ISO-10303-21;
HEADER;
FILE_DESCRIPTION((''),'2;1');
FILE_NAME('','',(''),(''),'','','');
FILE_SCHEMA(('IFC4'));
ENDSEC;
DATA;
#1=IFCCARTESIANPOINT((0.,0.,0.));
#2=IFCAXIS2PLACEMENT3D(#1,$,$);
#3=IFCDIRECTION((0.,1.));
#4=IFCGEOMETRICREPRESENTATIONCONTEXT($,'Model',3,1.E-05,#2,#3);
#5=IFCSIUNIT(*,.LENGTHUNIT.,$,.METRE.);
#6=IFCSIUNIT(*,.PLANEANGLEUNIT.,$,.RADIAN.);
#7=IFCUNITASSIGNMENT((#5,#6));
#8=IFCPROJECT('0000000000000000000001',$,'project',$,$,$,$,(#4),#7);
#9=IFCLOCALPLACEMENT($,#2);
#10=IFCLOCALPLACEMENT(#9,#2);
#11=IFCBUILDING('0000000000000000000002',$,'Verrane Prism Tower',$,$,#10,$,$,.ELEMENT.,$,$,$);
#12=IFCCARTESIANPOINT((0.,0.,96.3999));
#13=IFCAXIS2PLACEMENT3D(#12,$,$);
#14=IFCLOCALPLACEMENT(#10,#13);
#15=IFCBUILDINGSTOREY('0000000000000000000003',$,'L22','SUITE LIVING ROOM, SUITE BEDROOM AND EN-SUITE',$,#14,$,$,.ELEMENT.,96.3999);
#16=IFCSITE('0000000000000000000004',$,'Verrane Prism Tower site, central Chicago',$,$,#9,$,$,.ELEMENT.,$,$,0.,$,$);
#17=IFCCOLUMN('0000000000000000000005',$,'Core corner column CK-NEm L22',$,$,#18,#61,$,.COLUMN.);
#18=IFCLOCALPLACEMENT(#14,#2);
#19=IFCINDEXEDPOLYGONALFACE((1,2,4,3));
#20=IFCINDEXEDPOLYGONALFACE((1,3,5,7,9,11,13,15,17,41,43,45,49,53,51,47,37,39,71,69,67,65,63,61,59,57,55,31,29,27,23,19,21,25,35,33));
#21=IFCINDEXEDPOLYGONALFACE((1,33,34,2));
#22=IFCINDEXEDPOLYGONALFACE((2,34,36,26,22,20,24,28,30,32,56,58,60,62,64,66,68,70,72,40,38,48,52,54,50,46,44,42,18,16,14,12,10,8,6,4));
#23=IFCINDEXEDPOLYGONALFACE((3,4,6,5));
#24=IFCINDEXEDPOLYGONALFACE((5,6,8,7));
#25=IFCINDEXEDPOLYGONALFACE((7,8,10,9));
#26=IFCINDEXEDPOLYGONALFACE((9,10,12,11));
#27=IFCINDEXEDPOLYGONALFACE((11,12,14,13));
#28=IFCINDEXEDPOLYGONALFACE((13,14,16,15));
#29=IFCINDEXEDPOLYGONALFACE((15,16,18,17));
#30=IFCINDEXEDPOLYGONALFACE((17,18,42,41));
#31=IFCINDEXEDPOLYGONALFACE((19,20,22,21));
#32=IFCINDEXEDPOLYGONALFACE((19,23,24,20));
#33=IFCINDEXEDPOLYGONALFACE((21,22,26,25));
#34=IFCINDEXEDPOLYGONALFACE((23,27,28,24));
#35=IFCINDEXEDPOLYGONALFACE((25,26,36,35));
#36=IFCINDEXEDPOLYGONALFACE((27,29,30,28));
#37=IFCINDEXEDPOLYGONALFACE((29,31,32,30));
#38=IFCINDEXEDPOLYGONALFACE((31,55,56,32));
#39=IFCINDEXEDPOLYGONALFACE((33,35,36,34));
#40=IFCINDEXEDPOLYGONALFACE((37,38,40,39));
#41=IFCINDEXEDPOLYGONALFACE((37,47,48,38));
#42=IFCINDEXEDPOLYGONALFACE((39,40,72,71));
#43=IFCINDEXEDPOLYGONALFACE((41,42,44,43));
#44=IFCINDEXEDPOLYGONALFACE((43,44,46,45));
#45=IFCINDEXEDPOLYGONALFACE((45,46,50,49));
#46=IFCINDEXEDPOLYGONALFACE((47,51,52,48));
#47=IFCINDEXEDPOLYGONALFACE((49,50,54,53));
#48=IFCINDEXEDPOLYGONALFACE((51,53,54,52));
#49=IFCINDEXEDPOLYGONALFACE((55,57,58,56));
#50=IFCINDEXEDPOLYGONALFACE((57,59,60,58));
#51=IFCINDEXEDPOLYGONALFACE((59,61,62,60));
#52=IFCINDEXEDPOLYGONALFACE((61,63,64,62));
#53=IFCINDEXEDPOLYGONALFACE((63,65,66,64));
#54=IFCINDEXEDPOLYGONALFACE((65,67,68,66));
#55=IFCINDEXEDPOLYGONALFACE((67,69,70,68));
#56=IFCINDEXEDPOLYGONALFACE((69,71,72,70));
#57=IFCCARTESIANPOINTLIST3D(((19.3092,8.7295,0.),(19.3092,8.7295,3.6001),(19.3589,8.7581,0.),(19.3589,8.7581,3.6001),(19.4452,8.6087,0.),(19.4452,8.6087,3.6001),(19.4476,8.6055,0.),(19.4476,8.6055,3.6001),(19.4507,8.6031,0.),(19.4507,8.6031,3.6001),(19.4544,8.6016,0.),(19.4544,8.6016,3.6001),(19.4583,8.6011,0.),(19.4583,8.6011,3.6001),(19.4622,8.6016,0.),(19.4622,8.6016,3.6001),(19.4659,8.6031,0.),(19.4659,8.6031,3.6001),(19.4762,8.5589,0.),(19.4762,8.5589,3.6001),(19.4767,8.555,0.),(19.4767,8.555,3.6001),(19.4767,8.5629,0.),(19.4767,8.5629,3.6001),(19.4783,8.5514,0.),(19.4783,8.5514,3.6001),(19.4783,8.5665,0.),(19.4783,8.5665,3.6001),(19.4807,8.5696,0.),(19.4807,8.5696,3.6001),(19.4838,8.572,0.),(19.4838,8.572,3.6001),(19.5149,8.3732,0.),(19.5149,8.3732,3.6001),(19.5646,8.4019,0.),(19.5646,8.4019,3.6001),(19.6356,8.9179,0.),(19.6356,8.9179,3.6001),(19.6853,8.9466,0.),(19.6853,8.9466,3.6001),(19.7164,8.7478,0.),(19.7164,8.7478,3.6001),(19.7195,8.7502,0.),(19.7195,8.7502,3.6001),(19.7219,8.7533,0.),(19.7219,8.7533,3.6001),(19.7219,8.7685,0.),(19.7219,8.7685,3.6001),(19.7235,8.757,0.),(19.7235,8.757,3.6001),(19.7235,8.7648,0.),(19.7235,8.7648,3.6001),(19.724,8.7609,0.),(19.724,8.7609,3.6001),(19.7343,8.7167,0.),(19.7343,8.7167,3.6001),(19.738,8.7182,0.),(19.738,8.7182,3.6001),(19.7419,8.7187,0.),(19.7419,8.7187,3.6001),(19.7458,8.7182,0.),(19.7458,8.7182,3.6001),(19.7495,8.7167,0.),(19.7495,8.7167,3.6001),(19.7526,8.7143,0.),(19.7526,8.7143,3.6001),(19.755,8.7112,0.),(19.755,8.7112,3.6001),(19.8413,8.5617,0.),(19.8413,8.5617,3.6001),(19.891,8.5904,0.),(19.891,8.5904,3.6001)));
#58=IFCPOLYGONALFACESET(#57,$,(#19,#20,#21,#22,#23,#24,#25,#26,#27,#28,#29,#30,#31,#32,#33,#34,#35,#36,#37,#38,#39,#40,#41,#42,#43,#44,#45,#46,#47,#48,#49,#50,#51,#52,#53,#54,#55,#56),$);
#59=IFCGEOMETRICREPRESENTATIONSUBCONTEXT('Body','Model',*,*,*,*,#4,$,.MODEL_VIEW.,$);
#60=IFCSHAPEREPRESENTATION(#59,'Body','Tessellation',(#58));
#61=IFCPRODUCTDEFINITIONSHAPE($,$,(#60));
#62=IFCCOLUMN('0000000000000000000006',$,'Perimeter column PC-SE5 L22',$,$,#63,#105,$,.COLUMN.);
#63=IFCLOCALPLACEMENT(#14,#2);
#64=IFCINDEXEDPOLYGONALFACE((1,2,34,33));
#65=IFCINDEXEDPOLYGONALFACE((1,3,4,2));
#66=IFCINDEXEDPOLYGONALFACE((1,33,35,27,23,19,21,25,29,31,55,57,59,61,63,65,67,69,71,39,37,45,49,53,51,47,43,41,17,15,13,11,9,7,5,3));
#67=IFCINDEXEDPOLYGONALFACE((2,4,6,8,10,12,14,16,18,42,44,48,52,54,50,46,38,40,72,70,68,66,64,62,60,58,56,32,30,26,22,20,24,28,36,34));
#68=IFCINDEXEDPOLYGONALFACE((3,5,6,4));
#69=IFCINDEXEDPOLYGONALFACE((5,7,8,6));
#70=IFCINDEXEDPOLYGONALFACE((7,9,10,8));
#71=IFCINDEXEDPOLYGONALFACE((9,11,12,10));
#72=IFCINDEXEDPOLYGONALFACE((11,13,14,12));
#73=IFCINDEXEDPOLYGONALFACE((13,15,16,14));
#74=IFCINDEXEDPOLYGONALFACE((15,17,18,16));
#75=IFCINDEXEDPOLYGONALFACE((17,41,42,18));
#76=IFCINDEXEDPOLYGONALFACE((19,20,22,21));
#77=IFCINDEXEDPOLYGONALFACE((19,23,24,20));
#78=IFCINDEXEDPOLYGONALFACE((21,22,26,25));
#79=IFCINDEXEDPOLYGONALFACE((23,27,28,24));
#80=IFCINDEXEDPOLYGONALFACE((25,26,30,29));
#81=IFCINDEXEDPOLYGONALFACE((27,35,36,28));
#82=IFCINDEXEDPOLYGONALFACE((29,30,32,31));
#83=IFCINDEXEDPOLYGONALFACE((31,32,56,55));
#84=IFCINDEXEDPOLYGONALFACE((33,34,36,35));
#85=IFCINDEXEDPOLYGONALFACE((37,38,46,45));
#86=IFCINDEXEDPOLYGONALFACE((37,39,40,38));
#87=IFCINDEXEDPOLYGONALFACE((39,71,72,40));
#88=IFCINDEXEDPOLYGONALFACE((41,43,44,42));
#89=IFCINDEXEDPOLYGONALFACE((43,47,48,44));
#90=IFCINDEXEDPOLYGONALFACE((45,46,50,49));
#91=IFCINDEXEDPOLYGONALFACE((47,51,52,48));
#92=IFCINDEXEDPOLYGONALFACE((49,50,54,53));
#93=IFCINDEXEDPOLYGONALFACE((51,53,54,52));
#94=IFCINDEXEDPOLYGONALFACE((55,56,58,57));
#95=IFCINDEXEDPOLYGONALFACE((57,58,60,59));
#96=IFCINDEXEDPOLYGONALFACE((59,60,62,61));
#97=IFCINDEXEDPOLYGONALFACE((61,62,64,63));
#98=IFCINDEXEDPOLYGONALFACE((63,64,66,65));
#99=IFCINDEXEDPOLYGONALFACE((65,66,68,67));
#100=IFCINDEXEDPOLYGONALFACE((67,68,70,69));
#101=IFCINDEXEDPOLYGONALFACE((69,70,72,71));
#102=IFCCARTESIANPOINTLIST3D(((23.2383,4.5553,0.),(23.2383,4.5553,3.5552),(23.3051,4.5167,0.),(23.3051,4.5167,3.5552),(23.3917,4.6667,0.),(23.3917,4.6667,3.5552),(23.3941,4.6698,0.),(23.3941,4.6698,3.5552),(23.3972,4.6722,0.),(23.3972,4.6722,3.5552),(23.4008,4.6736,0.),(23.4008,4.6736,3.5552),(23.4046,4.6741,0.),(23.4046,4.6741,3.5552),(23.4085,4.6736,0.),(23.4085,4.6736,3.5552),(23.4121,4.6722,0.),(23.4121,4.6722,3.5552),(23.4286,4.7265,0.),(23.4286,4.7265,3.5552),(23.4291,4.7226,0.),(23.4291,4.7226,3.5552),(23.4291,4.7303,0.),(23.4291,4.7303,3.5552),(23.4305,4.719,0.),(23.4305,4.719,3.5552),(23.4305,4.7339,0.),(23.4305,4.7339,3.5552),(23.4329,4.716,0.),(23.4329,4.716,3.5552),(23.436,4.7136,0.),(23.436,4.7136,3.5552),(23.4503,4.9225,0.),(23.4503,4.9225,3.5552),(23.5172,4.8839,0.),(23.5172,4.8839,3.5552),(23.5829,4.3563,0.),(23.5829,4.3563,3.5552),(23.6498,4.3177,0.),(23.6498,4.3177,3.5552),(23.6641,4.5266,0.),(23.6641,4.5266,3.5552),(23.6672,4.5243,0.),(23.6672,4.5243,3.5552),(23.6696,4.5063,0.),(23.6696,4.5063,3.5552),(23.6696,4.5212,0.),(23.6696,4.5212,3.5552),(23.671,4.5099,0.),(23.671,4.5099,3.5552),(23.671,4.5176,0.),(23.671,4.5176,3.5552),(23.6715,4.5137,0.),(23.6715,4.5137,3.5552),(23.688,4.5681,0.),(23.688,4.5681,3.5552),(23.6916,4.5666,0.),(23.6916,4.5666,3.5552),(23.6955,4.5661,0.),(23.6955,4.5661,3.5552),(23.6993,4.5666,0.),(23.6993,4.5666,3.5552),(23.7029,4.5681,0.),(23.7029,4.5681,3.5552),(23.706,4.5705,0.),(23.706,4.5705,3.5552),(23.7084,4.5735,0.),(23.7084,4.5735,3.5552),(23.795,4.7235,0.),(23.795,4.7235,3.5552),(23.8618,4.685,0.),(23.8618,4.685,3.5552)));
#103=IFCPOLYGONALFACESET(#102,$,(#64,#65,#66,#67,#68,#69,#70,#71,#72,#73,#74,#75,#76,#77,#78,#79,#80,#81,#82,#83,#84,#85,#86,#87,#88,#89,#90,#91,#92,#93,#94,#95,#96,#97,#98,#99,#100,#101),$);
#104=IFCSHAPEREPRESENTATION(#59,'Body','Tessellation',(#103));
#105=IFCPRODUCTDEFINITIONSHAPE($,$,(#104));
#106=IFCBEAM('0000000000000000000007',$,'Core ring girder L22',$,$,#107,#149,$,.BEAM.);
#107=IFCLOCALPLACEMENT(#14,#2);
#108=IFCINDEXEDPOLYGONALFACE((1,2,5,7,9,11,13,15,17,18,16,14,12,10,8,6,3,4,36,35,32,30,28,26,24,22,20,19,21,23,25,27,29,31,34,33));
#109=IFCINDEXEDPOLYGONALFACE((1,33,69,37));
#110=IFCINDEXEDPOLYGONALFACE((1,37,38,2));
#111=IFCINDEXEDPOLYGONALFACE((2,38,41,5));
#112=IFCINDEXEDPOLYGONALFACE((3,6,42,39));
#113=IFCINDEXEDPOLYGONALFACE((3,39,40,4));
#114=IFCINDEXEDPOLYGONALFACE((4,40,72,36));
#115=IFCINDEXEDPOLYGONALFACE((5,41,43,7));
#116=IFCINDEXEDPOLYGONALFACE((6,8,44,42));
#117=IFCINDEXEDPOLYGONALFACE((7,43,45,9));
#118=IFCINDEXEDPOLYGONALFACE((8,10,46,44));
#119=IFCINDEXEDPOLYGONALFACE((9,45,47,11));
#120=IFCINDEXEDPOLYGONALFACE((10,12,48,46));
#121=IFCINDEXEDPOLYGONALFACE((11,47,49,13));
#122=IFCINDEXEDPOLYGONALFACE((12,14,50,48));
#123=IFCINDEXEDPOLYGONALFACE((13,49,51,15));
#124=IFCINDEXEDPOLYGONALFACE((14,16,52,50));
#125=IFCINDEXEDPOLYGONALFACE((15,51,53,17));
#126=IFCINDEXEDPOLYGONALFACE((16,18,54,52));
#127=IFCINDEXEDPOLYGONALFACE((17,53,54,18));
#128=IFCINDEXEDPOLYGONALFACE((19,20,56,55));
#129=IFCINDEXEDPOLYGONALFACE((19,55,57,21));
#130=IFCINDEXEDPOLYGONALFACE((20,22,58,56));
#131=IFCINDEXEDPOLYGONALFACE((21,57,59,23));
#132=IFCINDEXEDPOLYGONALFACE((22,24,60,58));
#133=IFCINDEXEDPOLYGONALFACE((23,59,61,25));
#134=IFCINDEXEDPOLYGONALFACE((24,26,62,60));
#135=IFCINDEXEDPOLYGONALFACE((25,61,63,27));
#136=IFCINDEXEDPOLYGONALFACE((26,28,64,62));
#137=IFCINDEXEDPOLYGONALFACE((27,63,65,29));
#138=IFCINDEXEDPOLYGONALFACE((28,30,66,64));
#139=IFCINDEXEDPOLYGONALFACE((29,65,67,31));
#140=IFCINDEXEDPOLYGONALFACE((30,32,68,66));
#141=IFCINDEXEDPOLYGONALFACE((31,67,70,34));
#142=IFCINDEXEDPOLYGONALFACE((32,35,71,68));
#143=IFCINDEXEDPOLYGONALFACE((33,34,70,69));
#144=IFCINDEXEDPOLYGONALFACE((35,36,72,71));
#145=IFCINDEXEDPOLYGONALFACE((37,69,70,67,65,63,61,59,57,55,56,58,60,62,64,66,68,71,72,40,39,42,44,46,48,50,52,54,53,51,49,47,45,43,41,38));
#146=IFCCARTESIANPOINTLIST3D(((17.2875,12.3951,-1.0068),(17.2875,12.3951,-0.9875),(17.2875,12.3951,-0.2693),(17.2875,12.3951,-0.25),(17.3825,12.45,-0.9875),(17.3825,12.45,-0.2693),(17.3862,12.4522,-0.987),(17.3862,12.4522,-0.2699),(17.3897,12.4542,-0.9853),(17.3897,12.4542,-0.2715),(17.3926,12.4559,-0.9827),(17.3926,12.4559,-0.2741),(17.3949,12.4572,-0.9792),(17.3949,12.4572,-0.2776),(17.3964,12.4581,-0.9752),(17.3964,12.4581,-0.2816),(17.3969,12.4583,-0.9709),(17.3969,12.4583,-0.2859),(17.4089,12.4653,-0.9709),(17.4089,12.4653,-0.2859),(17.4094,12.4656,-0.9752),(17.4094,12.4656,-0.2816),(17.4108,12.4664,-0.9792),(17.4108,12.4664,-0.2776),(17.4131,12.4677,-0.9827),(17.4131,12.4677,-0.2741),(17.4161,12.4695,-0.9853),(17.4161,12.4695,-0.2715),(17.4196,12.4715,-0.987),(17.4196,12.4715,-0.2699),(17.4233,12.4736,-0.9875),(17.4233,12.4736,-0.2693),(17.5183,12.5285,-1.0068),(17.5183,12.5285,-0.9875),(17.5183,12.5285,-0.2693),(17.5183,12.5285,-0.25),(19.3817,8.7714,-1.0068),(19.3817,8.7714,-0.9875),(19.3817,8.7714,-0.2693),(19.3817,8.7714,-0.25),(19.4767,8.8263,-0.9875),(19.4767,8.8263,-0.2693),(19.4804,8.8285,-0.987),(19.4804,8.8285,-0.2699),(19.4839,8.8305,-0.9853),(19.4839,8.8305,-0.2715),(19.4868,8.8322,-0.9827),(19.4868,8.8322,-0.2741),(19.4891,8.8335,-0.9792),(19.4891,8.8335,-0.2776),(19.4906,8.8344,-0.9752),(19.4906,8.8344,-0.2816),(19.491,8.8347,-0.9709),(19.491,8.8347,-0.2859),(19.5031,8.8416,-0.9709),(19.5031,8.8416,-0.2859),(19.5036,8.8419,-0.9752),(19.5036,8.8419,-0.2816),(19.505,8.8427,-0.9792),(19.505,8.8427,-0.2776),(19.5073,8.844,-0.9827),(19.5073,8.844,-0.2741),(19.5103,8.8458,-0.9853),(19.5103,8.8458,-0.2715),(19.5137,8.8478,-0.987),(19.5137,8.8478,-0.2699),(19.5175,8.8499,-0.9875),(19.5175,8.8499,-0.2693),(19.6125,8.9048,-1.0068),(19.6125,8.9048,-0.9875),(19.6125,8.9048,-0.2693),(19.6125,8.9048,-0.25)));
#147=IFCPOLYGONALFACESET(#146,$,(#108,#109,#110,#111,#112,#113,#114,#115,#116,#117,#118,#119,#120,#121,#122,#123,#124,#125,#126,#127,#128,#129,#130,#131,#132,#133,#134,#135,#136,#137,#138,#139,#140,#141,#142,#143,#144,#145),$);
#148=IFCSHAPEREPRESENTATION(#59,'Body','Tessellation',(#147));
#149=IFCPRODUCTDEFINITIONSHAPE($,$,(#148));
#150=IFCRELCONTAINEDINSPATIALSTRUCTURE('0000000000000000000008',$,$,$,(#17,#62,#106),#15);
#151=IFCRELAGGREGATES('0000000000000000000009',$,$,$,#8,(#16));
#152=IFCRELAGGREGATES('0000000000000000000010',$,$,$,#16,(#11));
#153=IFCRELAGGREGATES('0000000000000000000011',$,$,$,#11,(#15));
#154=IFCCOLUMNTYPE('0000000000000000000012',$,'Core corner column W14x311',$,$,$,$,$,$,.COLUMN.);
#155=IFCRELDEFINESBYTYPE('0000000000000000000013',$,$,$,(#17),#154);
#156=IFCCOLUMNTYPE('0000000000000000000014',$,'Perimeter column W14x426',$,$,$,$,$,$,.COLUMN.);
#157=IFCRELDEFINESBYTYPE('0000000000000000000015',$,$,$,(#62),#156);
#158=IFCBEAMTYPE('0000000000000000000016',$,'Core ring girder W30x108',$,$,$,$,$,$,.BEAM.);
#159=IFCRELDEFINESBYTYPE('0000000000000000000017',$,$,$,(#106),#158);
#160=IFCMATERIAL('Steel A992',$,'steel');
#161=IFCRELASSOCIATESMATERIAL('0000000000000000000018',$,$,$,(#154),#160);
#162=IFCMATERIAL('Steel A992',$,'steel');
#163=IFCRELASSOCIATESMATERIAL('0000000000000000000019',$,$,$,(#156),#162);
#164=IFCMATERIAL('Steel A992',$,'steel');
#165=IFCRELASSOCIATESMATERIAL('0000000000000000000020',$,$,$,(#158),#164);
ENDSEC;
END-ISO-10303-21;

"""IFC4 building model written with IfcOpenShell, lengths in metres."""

from ifc_helpers import new_model, si_unit, direction, frame, origin, origin_2d, place, context, subcontext, project, spatial, i_section, extrude, material, material_profile, profile_set, type_object, element, save


model = new_model("IFC4")

# Units and contexts
model_context = context("Model", 3, precision=1e-05, world=origin(), true_north=direction((0.0, 1.0)))
body_context = subcontext(model_context, "Body", "Model", "MODEL_VIEW")
ifc_project = project(units=[si_unit("LENGTHUNIT", "METRE"), si_unit("PLANEANGLEUNIT", "RADIAN")], contexts=[model_context])

# Site, building, storey
site_placement = place(None, origin())
site = spatial("IfcSite", under=ifc_project, at=site_placement, Name="Verrane Prism Tower site, central Chicago", CompositionType="ELEMENT", RefElevation=0.0)
building_placement = place(site_placement, origin())
building = spatial("IfcBuilding", under=site, at=building_placement, Name="Verrane Prism Tower", CompositionType="ELEMENT")
storey_placement = place(building_placement, frame((0.0, 0.0, 96.3999)))
storey = spatial("IfcBuildingStorey", under=building, at=storey_placement, Name="L22", Description="SUITE LIVING ROOM, SUITE BEDROOM AND EN-SUITE", CompositionType="ELEMENT", Elevation=96.3999)

# Columns
ifc_material_1 = material(Name="Steel A992", Category="steel")
ifc_material_profile_1 = material_profile(ifc_material_1, i_section(OverallWidth=0.4114, OverallDepth=0.4343, WebThickness=0.0359, FlangeThickness=0.0574, FilletRadius=0.0151, at=origin_2d()), Name="W14x311")
ifc_profile_set_1 = profile_set([ifc_material_profile_1], Name="Steel A992")
column_type_1 = type_object("IfcColumnType", Name="Core corner column W14x311", PredefinedType="COLUMN", material=ifc_profile_set_1)
column_1_placement = place(storey_placement, frame((19.6001, 8.6599, 0.0), z_axis=(0.0, 0.0, 1.0), x_axis=(0.5, -0.866025, 0.0)))
element("IfcColumn", 1, at=column_1_placement, inside=storey, type_object=column_type_1, Name="Core corner column CK-NEm L22", PredefinedType="COLUMN", context=body_context, shape_type="SweptSolid", body=[
    extrude(i_section(OverallWidth=0.4114, OverallDepth=0.4343, WebThickness=0.0359, FlangeThickness=0.0574, FilletRadius=0.0151, at=origin_2d()), origin(), (0.0, 0.0, 1.0), 3.6001),
])
ifc_material_2 = material(Name="Steel A992", Category="steel")
ifc_material_profile_2 = material_profile(ifc_material_2, i_section(OverallWidth=0.4241, OverallDepth=0.4751, WebThickness=0.0479, FlangeThickness=0.0771, FilletRadius=0.0149, at=origin_2d()), Name="W14x426")
ifc_profile_set_2 = profile_set([ifc_material_profile_2], Name="Steel A992")
column_type_2 = type_object("IfcColumnType", Name="Perimeter column W14x426", PredefinedType="COLUMN", material=ifc_profile_set_2)
column_2_placement = place(storey_placement, frame((23.55, 4.6201, 0.0), z_axis=(0.0, 0.0, 1.0), x_axis=(-0.5, -0.866025, 0.0)))
element("IfcColumn", 2, at=column_2_placement, inside=storey, type_object=column_type_2, Name="Perimeter column PC-SE5 L22", PredefinedType="COLUMN", context=body_context, shape_type="SweptSolid", body=[
    extrude(i_section(OverallWidth=0.4241, OverallDepth=0.4751, WebThickness=0.0479, FlangeThickness=0.0771, FilletRadius=0.0149, at=origin_2d()), origin(), (0.0, 0.0, 1.0), 3.5552),
])

# Beam
ifc_material_3 = material(Name="Steel A992", Category="steel")
ifc_material_profile_3 = material_profile(ifc_material_3, i_section(OverallWidth=0.2666, OverallDepth=0.7568, WebThickness=0.0139, FlangeThickness=0.0193, FilletRadius=0.0166, at=origin_2d()), Name="W30x108")
ifc_profile_set_3 = profile_set([ifc_material_profile_3], Name="Steel A992")
beam_type_1 = type_object("IfcBeamType", Name="Core ring girder W30x108", PredefinedType="BEAM", material=ifc_profile_set_3)
beam_1_placement = place(storey_placement, frame((19.4971, 8.8381, -0.6284), z_axis=(-0.500367, 0.865813, 0.0), x_axis=(-0.865813, -0.500367, 0.0)))
element("IfcBeam", 3, at=beam_1_placement, inside=storey, type_object=beam_type_1, Name="Core ring girder L22", PredefinedType="BEAM", context=body_context, shape_type="SweptSolid", body=[
    extrude(i_section(OverallWidth=0.2666, OverallDepth=0.7568, WebThickness=0.0139, FlangeThickness=0.0193, FilletRadius=0.0166, at=origin_2d()), origin(), (0.0, 0.0, 1.0), 4.1853),
])

save(model, "model.ifc")
